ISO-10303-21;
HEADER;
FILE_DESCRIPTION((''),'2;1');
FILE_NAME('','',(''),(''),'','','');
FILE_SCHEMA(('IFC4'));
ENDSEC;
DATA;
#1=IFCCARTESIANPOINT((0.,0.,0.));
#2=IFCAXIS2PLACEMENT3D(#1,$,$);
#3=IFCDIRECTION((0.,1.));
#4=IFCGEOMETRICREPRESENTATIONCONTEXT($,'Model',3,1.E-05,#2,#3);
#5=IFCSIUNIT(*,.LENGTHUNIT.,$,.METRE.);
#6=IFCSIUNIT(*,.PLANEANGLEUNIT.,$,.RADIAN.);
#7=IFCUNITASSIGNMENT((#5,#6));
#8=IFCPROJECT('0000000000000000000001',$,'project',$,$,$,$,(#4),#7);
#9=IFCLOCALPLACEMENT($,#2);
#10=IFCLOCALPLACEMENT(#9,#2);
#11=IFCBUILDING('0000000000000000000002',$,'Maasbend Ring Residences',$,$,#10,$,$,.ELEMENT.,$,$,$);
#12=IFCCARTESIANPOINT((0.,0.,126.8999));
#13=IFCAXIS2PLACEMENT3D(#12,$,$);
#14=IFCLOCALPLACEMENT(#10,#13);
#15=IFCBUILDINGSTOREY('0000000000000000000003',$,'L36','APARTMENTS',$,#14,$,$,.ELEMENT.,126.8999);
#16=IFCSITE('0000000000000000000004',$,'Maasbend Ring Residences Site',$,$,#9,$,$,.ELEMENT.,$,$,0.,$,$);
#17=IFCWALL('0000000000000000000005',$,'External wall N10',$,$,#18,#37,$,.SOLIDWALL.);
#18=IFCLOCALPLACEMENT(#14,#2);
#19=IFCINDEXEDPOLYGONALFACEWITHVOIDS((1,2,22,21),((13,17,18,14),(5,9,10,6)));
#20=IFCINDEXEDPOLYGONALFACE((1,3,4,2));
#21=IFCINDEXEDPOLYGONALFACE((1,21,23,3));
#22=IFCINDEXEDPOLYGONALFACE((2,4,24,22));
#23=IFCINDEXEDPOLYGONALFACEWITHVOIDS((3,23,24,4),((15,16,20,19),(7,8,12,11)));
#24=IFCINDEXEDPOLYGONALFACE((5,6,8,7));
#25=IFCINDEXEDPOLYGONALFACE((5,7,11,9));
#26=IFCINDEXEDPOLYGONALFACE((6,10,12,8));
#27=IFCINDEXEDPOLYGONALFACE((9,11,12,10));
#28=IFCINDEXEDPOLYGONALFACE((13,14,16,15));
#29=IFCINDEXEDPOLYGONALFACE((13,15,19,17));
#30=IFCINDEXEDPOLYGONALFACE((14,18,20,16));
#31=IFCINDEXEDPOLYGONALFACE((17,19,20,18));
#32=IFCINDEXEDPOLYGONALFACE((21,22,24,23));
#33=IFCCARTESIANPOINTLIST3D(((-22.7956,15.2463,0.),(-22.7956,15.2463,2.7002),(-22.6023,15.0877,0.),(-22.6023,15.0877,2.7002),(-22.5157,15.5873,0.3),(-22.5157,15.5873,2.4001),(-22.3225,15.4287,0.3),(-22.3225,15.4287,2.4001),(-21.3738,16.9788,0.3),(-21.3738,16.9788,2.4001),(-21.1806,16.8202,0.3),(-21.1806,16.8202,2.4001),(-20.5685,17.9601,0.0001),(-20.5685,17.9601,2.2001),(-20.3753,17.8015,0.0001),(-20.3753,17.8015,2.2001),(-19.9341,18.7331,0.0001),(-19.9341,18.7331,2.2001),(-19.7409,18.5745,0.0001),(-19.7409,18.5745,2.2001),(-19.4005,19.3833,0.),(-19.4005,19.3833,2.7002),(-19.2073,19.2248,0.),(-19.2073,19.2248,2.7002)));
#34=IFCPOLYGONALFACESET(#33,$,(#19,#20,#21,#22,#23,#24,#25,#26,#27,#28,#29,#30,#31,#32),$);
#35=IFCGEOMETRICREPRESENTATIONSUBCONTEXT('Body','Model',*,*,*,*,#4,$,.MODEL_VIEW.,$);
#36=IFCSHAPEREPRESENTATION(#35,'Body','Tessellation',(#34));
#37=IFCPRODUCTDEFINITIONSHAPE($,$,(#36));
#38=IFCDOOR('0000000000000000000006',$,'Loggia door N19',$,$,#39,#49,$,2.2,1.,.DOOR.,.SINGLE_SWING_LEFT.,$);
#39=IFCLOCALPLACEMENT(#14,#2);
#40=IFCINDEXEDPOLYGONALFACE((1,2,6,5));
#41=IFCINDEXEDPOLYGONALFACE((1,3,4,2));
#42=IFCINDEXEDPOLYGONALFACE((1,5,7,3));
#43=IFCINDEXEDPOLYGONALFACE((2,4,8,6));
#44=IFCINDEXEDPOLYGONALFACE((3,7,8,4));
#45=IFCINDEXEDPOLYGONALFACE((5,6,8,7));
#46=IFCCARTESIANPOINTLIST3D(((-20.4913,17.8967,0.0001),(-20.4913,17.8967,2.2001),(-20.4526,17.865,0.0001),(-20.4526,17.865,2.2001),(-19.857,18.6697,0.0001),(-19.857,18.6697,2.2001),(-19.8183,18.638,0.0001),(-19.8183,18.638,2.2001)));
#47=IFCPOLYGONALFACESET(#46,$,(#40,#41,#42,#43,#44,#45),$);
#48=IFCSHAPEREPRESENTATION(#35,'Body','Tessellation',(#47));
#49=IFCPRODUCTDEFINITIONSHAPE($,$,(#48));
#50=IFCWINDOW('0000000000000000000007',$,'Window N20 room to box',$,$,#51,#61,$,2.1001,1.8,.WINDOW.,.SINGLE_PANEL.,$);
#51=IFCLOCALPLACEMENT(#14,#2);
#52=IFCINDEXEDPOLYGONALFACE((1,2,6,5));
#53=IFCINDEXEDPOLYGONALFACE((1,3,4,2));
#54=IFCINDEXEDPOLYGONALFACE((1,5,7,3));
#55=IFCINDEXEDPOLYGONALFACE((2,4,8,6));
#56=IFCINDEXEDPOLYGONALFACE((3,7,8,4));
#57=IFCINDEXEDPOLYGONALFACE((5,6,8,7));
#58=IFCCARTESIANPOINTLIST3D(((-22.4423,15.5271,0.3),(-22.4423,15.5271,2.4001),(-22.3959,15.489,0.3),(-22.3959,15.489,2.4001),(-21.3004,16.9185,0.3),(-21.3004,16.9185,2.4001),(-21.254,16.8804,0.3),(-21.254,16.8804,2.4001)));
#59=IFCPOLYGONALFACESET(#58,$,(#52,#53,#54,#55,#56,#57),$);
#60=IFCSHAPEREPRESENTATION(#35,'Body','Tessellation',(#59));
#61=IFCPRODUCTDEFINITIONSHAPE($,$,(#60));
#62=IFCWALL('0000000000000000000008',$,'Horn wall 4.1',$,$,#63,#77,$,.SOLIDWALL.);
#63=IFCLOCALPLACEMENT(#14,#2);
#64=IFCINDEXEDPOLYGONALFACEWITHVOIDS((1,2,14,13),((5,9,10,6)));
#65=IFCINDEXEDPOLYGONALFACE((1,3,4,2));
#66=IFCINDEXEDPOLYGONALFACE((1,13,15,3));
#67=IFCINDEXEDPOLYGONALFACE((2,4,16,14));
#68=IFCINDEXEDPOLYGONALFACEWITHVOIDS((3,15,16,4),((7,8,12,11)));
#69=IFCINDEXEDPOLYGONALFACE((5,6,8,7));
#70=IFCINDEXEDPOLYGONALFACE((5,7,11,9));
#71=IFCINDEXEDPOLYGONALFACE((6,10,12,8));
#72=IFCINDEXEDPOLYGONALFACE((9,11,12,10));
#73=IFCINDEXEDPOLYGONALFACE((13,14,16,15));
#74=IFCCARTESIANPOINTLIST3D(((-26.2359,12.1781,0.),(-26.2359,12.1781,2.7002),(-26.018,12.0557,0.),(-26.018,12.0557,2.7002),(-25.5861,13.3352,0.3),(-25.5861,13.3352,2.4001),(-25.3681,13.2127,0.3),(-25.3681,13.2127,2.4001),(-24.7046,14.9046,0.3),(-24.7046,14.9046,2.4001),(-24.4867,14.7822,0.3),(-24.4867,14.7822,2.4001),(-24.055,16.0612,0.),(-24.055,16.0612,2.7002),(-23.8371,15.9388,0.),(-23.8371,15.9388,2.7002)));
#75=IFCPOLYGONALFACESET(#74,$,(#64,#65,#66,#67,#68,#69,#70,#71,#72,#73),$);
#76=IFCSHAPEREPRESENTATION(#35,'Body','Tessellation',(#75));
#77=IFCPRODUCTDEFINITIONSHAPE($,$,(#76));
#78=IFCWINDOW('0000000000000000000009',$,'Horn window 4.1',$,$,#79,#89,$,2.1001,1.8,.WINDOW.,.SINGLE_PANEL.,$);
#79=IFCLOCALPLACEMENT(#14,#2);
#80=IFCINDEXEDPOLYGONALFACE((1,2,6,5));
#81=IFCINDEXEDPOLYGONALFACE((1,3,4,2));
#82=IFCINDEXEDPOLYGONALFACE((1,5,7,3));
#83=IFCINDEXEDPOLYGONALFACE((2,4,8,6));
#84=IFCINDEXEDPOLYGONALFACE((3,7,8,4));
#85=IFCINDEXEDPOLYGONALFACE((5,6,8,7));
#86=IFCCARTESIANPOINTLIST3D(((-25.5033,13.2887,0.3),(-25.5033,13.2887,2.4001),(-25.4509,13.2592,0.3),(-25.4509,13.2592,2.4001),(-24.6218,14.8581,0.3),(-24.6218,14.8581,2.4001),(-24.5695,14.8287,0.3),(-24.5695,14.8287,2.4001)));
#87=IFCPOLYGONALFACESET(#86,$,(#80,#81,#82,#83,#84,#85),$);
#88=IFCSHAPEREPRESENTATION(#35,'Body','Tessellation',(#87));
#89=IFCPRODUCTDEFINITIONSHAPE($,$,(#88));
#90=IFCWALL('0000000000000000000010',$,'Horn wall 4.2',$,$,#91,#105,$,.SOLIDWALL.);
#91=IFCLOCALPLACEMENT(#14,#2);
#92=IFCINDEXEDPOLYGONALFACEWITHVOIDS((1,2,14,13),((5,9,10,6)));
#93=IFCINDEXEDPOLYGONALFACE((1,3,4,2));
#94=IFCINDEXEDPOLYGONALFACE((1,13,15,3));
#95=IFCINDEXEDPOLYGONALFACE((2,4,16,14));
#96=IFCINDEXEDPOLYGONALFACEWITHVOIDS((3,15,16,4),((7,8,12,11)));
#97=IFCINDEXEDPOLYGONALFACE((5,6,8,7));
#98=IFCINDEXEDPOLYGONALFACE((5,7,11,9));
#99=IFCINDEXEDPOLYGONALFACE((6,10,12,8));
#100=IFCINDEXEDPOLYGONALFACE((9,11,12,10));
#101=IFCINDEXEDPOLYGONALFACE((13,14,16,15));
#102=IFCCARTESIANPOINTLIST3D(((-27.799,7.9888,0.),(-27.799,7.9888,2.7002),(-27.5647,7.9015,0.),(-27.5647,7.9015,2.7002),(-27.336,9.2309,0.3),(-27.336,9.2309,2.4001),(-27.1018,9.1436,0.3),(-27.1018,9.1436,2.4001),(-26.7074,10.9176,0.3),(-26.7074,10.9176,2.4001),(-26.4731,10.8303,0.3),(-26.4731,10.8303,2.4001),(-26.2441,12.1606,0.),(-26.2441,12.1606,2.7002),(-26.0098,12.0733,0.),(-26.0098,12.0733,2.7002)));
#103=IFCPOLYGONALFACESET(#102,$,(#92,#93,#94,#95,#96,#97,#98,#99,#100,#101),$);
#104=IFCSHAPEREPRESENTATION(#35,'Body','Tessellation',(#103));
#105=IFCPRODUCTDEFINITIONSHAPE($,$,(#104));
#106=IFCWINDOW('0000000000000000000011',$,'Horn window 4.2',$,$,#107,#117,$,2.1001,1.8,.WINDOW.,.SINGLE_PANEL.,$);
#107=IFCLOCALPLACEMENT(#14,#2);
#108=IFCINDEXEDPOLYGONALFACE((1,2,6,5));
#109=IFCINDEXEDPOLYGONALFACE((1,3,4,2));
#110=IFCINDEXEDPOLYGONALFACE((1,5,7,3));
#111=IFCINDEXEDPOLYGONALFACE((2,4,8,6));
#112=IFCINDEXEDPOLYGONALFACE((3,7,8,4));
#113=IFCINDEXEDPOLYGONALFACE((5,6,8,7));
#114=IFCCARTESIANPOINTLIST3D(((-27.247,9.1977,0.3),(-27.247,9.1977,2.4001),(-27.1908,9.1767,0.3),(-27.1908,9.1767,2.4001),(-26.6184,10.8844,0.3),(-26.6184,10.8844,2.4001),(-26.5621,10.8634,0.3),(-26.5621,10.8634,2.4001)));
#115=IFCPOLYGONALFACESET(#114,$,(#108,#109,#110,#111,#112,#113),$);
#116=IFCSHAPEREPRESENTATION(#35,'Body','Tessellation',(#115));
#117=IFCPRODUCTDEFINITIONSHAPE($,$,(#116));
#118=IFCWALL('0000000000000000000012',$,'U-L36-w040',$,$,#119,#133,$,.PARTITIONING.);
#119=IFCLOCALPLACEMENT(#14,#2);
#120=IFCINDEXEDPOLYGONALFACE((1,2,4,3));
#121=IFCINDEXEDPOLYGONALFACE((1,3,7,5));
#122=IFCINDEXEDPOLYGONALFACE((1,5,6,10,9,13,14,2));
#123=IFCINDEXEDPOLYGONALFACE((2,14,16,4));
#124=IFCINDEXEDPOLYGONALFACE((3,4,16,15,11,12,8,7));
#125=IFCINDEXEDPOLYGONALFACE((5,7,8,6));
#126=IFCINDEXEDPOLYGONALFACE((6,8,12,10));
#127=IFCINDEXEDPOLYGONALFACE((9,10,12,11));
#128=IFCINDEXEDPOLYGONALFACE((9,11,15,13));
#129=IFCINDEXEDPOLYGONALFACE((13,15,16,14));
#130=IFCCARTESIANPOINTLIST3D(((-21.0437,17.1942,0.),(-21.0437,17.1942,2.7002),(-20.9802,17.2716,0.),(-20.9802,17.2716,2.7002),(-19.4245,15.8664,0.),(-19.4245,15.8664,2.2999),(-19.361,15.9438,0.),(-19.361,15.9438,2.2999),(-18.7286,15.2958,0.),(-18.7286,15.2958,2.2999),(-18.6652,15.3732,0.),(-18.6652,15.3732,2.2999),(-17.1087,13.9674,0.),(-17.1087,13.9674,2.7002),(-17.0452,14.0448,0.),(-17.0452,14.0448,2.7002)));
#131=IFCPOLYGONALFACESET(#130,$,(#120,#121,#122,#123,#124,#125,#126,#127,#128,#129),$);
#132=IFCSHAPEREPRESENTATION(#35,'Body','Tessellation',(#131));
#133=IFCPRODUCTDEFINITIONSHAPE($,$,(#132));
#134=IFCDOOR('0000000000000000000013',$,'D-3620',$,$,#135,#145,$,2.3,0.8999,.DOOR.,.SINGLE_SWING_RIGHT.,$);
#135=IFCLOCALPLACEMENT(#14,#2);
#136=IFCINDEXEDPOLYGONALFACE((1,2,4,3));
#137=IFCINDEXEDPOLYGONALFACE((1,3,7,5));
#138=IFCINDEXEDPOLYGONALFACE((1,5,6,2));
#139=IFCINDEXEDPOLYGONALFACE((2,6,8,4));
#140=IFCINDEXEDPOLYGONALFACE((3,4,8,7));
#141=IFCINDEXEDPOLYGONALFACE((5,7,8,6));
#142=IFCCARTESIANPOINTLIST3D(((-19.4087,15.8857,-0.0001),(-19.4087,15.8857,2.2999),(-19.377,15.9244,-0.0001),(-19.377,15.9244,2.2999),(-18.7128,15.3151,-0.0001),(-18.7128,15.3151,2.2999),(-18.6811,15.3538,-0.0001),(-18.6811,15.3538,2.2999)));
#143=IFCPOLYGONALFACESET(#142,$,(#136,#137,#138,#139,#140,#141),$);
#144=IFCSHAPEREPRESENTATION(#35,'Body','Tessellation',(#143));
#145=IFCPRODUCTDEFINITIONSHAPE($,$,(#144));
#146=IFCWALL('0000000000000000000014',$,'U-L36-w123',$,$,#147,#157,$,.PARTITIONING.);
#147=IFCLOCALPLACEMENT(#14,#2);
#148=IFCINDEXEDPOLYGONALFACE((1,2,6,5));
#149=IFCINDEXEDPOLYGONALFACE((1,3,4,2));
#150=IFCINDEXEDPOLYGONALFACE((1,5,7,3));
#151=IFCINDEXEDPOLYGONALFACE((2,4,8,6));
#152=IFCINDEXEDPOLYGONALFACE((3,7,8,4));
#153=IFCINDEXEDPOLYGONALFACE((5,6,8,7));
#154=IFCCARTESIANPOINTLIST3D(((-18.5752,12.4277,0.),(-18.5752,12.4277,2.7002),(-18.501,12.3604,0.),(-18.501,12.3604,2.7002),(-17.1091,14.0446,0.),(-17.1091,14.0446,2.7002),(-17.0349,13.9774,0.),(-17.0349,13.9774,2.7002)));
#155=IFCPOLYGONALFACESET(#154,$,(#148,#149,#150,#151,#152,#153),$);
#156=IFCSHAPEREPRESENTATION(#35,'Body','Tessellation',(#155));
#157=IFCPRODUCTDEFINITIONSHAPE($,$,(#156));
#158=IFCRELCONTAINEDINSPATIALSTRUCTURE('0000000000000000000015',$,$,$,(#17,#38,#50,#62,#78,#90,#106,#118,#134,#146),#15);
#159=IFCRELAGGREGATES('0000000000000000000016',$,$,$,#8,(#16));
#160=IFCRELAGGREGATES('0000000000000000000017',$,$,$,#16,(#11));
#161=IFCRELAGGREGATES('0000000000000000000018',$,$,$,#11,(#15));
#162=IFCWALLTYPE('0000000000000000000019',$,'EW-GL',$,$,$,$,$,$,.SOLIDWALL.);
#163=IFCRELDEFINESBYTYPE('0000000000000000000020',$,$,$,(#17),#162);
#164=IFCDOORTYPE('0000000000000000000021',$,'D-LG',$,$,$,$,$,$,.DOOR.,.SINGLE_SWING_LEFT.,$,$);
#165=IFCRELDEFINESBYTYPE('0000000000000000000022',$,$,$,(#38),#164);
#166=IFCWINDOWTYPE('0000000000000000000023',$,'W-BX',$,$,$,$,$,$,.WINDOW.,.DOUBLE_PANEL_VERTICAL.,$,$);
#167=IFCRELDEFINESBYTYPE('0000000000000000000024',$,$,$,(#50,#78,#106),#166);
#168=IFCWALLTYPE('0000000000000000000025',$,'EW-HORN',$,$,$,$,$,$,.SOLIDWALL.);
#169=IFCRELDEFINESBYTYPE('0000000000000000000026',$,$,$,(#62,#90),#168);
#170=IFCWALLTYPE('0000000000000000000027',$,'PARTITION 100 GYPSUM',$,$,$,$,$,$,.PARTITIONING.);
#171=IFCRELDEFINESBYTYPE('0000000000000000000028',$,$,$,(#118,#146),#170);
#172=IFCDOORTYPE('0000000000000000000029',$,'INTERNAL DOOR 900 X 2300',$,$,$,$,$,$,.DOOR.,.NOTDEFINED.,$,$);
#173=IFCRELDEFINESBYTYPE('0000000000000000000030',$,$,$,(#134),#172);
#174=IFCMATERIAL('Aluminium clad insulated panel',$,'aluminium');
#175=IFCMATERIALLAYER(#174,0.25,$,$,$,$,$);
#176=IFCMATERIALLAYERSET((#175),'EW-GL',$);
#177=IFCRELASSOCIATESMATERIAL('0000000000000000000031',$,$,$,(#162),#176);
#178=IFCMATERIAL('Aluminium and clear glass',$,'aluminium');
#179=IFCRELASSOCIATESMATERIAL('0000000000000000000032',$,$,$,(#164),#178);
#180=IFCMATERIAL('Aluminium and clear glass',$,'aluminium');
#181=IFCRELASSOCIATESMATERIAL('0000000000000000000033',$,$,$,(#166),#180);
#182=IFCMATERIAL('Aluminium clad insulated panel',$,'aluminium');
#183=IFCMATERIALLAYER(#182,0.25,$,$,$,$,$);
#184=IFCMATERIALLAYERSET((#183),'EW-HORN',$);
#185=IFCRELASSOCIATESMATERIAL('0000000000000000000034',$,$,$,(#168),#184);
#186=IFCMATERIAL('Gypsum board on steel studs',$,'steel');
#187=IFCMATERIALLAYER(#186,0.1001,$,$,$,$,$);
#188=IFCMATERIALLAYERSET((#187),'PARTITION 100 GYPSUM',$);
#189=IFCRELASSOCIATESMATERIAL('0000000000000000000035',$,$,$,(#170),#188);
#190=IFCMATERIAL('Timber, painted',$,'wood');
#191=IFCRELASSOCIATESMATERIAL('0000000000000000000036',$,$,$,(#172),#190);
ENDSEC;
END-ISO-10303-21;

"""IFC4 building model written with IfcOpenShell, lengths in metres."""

from ifc_helpers import new_model, si_unit, direction, frame, frame_2d, origin, place, context, subcontext, project, spatial, rectangle, extrude, material, layer, layer_set, type_object, element, fill, save


model = new_model("IFC4")

# Units and contexts
model_context = context("Model", 3, precision=1e-05, world=origin(), true_north=direction((0.0, 1.0)))
body_context = subcontext(model_context, "Body", "Model", "MODEL_VIEW")
ifc_project = project(units=[si_unit("LENGTHUNIT", "METRE"), si_unit("PLANEANGLEUNIT", "RADIAN")], contexts=[model_context])

# Site, building, storey
site_placement = place(None, origin())
site = spatial("IfcSite", under=ifc_project, at=site_placement, Name="Maasbend Ring Residences Site", CompositionType="ELEMENT", RefElevation=0.0)
building_placement = place(site_placement, origin())
building = spatial("IfcBuilding", under=site, at=building_placement, Name="Maasbend Ring Residences", CompositionType="ELEMENT")
storey_placement = place(building_placement, frame((0.0, 0.0, 126.8999)))
storey = spatial("IfcBuildingStorey", under=building, at=storey_placement, Name="L36", Description="APARTMENTS", CompositionType="ELEMENT", Elevation=126.8999)

# Wall, openings, door, window
ifc_material_1 = material(Name="Aluminium clad insulated panel", Category="aluminium")
ifc_layer_1 = layer(ifc_material_1, 0.25)
ifc_layer_set_1 = layer_set([ifc_layer_1], Name="EW-GL")
wall_type_1 = type_object("IfcWallType", Name="EW-GL", PredefinedType="SOLIDWALL", material=ifc_layer_set_1)
wall_1_placement = place(storey_placement, frame((-19.304, 19.304, 0.0), z_axis=(0.0, 0.0, 1.0), x_axis=(-0.634382, -0.773019, 0.0)))
wall_1 = element("IfcWall", 1, at=wall_1_placement, inside=storey, type_object=wall_type_1, Name="External wall N10", PredefinedType="SOLIDWALL", context=body_context, shape_type="SweptSolid", body=[
    extrude(rectangle(XDim=5.3518, YDim=0.25, at=frame_2d((2.6758, 0.0))), origin(), (0.0, 0.0, 1.0), 2.7002),
])
opening_1_placement = place(wall_1_placement, frame((0.8411, 0.0, 0.0)))
opening_1 = element("IfcOpeningElement", 2, at=opening_1_placement, cuts=wall_1, PredefinedType="OPENING", context=body_context, shape_type="SweptSolid", body=[
    extrude(rectangle(XDim=1.0, YDim=2.2, at=frame_2d((0.5, 1.1001))), frame((0.0, 0.135, 0.0), z_axis=(0.0, -1.0, 0.0), x_axis=(1.0, 0.0, 0.0)), (0.0, 0.0, 1.0), 0.27),
])
opening_2_placement = place(wall_1_placement, frame((3.1106, 0.0, 0.3)))
opening_2 = element("IfcOpeningElement", 3, at=opening_2_placement, cuts=wall_1, PredefinedType="OPENING", context=body_context, shape_type="SweptSolid", body=[
    extrude(rectangle(XDim=1.8, YDim=2.1001, at=frame_2d((0.8999, 1.05))), frame((0.0, 0.135, 0.0), z_axis=(0.0, -1.0, 0.0), x_axis=(1.0, 0.0, 0.0)), (0.0, 0.0, 1.0), 0.27),
])
ifc_material_2 = material(Name="Aluminium and clear glass", Category="aluminium")
door_type_1 = type_object("IfcDoorType", Name="D-LG", OperationType="SINGLE_SWING_LEFT", PredefinedType="DOOR", material=ifc_material_2)
door_1_placement = place(opening_1_placement, origin())
door_1 = element("IfcDoor", 4, at=door_1_placement, inside=storey, type_object=door_type_1, Name="Loggia door N19", OperationType="SINGLE_SWING_LEFT", OverallHeight=2.2, OverallWidth=1.0, PredefinedType="DOOR", context=body_context, shape_type="SweptSolid", body=[
    extrude(rectangle(XDim=1.0, YDim=2.2, at=frame_2d((0.5, 1.1001))), frame((0.0, 0.0249, 0.0), z_axis=(0.0, -1.0, 0.0), x_axis=(1.0, 0.0, 0.0)), (0.0, 0.0, 1.0), 0.05),
])
fill(opening_1, door_1)
ifc_material_3 = material(Name="Aluminium and clear glass", Category="aluminium")
window_type_1 = type_object("IfcWindowType", Name="W-BX", PartitioningType="DOUBLE_PANEL_VERTICAL", PredefinedType="WINDOW", material=ifc_material_3)
window_1_placement = place(opening_2_placement, origin())
window_1 = element("IfcWindow", 5, at=window_1_placement, inside=storey, type_object=window_type_1, Name="Window N20 room to box", OverallHeight=2.1001, OverallWidth=1.8, PartitioningType="SINGLE_PANEL", PredefinedType="WINDOW", context=body_context, shape_type="SweptSolid", body=[
    extrude(rectangle(XDim=1.8, YDim=2.1001, at=frame_2d((0.8999, 1.05))), frame((0.0, 0.03, 0.0), z_axis=(0.0, -1.0, 0.0), x_axis=(1.0, 0.0, 0.0)), (0.0, 0.0, 1.0), 0.0601),
])
fill(opening_2, window_1)

# Walls, openings, windows
ifc_material_4 = material(Name="Aluminium clad insulated panel", Category="aluminium")
ifc_layer_2 = layer(ifc_material_4, 0.25)
ifc_layer_set_2 = layer_set([ifc_layer_2], Name="EW-HORN")
wall_type_2 = type_object("IfcWallType", Name="EW-HORN", PredefinedType="SOLIDWALL", material=ifc_layer_set_2)
wall_2_placement = place(storey_placement, frame((-23.946, 16.0, 0.0), z_axis=(0.0, 0.0, 1.0), x_axis=(-0.489696, -0.871893, 0.0)))
wall_2 = element("IfcWall", 6, at=wall_2_placement, inside=storey, type_object=wall_type_2, Name="Horn wall 4.1", PredefinedType="SOLIDWALL", context=body_context, shape_type="SweptSolid", body=[
    extrude(rectangle(XDim=4.4536, YDim=0.25, at=frame_2d((2.2268, 0.0))), origin(), (0.0, 0.0, 1.0), 2.7002),
])
opening_3_placement = place(wall_2_placement, frame((1.3267, 0.0, 0.3)))
opening_3 = element("IfcOpeningElement", 7, at=opening_3_placement, cuts=wall_2, PredefinedType="OPENING", context=body_context, shape_type="SweptSolid", body=[
    extrude(rectangle(XDim=1.8, YDim=2.1001, at=frame_2d((0.8999, 1.05))), frame((0.0, 0.135, 0.0), z_axis=(0.0, -1.0, 0.0), x_axis=(1.0, 0.0, 0.0)), (0.0, 0.0, 1.0), 0.27),
])
window_2_placement = place(opening_3_placement, origin())
window_2 = element("IfcWindow", 8, at=window_2_placement, inside=storey, type_object=window_type_1, Name="Horn window 4.1", OverallHeight=2.1001, OverallWidth=1.8, PartitioningType="SINGLE_PANEL", PredefinedType="WINDOW", context=body_context, shape_type="SweptSolid", body=[
    extrude(rectangle(XDim=1.8, YDim=2.1001, at=frame_2d((0.8999, 1.05))), frame((0.0, 0.03, 0.0), z_axis=(0.0, -1.0, 0.0), x_axis=(1.0, 0.0, 0.0)), (0.0, 0.0, 1.0), 0.0601),
])
fill(opening_3, window_2)
wall_3_placement = place(storey_placement, frame((-26.127, 12.1169, 0.0), z_axis=(0.0, 0.0, 1.0), x_axis=(-0.349248, -0.93703, 0.0)))
wall_3 = element("IfcWall", 9, at=wall_3_placement, inside=storey, type_object=wall_type_2, Name="Horn wall 4.2", PredefinedType="SOLIDWALL", context=body_context, shape_type="SweptSolid", body=[
    extrude(rectangle(XDim=4.4521, YDim=0.25, at=frame_2d((2.2261, 0.0))), origin(), (0.0, 0.0, 1.0), 2.7002),
])
opening_4_placement = place(wall_3_placement, frame((1.3267, 0.0, 0.3)))
opening_4 = element("IfcOpeningElement", 10, at=opening_4_placement, cuts=wall_3, PredefinedType="OPENING", context=body_context, shape_type="SweptSolid", body=[
    extrude(rectangle(XDim=1.8, YDim=2.1001, at=frame_2d((0.8999, 1.05))), frame((0.0, 0.135, 0.0), z_axis=(0.0, -1.0, 0.0), x_axis=(1.0, 0.0, 0.0)), (0.0, 0.0, 1.0), 0.27),
])
window_3_placement = place(opening_4_placement, origin())
window_3 = element("IfcWindow", 11, at=window_3_placement, inside=storey, type_object=window_type_1, Name="Horn window 4.2", OverallHeight=2.1001, OverallWidth=1.8, PartitioningType="SINGLE_PANEL", PredefinedType="WINDOW", context=body_context, shape_type="SweptSolid", body=[
    extrude(rectangle(XDim=1.8, YDim=2.1001, at=frame_2d((0.8999, 1.05))), frame((0.0, 0.03, 0.0), z_axis=(0.0, -1.0, 0.0), x_axis=(1.0, 0.0, 0.0)), (0.0, 0.0, 1.0), 0.0601),
])
fill(opening_4, window_3)

# Wall, opening, door
ifc_material_5 = material(Name="Gypsum board on steel studs", Category="steel")
ifc_layer_3 = layer(ifc_material_5, 0.1001)
ifc_layer_set_3 = layer_set([ifc_layer_3], Name="PARTITION 100 GYPSUM")
wall_type_3 = type_object("IfcWallType", Name="PARTITION 100 GYPSUM", PredefinedType="PARTITIONING", material=ifc_layer_set_3)
wall_4_placement = place(storey_placement, frame((-21.012, 17.2329, 0.0), z_axis=(0.0, 0.0, 1.0), x_axis=(0.773262, -0.634086, 0.0)))
wall_4 = element("IfcWall", 12, at=wall_4_placement, inside=storey, type_object=wall_type_3, Name="U-L36-w040", PredefinedType="PARTITIONING", context=body_context, shape_type="SweptSolid", body=[
    extrude(rectangle(XDim=5.0889, YDim=0.1001, at=frame_2d((2.5444, 0.0))), origin(), (0.0, 0.0, 1.0), 2.7002),
])
opening_5_placement = place(wall_4_placement, frame((2.094, 0.0, 0.0)))
opening_5 = element("IfcOpeningElement", 13, at=opening_5_placement, cuts=wall_4, PredefinedType="OPENING", context=body_context, shape_type="SweptSolid", body=[
    extrude(rectangle(XDim=0.8999, YDim=2.3, at=frame_2d((0.45, 1.1499))), frame((0.0, 0.0601, 0.0), z_axis=(0.0, -1.0, 0.0), x_axis=(1.0, 0.0, 0.0)), (0.0, 0.0, 1.0), 0.1201),
])
ifc_material_6 = material(Name="Timber, painted", Category="wood")
door_type_2 = type_object("IfcDoorType", Name="INTERNAL DOOR 900 X 2300", OperationType="NOTDEFINED", PredefinedType="DOOR", material=ifc_material_6)
door_2_placement = place(opening_5_placement, origin())
door_2 = element("IfcDoor", 14, at=door_2_placement, inside=storey, type_object=door_type_2, Name="D-3620", OperationType="SINGLE_SWING_RIGHT", OverallHeight=2.3, OverallWidth=0.8999, PredefinedType="DOOR", context=body_context, shape_type="SweptSolid", body=[
    extrude(rectangle(XDim=0.8999, YDim=2.3, at=frame_2d((0.45, 1.1499))), frame((0.0, 0.0249, 0.0), z_axis=(0.0, -1.0, 0.0), x_axis=(1.0, 0.0, 0.0)), (0.0, 0.0, 1.0), 0.05),
])
fill(opening_5, door_2)

# Wall
wall_5_placement = place(storey_placement, frame((-18.5381, 12.394, 0.0), z_axis=(0.0, 0.0, 1.0), x_axis=(0.671698, 0.740825, 0.0)))
element("IfcWall", 15, at=wall_5_placement, inside=storey, type_object=wall_type_3, Name="U-L36-w123", PredefinedType="PARTITIONING", context=body_context, shape_type="SweptSolid", body=[
    extrude(rectangle(XDim=2.1826, YDim=0.1001, at=frame_2d((1.0913, 0.0))), origin(), (0.0, 0.0, 1.0), 2.7002),
])

save(model, "model.ifc")
